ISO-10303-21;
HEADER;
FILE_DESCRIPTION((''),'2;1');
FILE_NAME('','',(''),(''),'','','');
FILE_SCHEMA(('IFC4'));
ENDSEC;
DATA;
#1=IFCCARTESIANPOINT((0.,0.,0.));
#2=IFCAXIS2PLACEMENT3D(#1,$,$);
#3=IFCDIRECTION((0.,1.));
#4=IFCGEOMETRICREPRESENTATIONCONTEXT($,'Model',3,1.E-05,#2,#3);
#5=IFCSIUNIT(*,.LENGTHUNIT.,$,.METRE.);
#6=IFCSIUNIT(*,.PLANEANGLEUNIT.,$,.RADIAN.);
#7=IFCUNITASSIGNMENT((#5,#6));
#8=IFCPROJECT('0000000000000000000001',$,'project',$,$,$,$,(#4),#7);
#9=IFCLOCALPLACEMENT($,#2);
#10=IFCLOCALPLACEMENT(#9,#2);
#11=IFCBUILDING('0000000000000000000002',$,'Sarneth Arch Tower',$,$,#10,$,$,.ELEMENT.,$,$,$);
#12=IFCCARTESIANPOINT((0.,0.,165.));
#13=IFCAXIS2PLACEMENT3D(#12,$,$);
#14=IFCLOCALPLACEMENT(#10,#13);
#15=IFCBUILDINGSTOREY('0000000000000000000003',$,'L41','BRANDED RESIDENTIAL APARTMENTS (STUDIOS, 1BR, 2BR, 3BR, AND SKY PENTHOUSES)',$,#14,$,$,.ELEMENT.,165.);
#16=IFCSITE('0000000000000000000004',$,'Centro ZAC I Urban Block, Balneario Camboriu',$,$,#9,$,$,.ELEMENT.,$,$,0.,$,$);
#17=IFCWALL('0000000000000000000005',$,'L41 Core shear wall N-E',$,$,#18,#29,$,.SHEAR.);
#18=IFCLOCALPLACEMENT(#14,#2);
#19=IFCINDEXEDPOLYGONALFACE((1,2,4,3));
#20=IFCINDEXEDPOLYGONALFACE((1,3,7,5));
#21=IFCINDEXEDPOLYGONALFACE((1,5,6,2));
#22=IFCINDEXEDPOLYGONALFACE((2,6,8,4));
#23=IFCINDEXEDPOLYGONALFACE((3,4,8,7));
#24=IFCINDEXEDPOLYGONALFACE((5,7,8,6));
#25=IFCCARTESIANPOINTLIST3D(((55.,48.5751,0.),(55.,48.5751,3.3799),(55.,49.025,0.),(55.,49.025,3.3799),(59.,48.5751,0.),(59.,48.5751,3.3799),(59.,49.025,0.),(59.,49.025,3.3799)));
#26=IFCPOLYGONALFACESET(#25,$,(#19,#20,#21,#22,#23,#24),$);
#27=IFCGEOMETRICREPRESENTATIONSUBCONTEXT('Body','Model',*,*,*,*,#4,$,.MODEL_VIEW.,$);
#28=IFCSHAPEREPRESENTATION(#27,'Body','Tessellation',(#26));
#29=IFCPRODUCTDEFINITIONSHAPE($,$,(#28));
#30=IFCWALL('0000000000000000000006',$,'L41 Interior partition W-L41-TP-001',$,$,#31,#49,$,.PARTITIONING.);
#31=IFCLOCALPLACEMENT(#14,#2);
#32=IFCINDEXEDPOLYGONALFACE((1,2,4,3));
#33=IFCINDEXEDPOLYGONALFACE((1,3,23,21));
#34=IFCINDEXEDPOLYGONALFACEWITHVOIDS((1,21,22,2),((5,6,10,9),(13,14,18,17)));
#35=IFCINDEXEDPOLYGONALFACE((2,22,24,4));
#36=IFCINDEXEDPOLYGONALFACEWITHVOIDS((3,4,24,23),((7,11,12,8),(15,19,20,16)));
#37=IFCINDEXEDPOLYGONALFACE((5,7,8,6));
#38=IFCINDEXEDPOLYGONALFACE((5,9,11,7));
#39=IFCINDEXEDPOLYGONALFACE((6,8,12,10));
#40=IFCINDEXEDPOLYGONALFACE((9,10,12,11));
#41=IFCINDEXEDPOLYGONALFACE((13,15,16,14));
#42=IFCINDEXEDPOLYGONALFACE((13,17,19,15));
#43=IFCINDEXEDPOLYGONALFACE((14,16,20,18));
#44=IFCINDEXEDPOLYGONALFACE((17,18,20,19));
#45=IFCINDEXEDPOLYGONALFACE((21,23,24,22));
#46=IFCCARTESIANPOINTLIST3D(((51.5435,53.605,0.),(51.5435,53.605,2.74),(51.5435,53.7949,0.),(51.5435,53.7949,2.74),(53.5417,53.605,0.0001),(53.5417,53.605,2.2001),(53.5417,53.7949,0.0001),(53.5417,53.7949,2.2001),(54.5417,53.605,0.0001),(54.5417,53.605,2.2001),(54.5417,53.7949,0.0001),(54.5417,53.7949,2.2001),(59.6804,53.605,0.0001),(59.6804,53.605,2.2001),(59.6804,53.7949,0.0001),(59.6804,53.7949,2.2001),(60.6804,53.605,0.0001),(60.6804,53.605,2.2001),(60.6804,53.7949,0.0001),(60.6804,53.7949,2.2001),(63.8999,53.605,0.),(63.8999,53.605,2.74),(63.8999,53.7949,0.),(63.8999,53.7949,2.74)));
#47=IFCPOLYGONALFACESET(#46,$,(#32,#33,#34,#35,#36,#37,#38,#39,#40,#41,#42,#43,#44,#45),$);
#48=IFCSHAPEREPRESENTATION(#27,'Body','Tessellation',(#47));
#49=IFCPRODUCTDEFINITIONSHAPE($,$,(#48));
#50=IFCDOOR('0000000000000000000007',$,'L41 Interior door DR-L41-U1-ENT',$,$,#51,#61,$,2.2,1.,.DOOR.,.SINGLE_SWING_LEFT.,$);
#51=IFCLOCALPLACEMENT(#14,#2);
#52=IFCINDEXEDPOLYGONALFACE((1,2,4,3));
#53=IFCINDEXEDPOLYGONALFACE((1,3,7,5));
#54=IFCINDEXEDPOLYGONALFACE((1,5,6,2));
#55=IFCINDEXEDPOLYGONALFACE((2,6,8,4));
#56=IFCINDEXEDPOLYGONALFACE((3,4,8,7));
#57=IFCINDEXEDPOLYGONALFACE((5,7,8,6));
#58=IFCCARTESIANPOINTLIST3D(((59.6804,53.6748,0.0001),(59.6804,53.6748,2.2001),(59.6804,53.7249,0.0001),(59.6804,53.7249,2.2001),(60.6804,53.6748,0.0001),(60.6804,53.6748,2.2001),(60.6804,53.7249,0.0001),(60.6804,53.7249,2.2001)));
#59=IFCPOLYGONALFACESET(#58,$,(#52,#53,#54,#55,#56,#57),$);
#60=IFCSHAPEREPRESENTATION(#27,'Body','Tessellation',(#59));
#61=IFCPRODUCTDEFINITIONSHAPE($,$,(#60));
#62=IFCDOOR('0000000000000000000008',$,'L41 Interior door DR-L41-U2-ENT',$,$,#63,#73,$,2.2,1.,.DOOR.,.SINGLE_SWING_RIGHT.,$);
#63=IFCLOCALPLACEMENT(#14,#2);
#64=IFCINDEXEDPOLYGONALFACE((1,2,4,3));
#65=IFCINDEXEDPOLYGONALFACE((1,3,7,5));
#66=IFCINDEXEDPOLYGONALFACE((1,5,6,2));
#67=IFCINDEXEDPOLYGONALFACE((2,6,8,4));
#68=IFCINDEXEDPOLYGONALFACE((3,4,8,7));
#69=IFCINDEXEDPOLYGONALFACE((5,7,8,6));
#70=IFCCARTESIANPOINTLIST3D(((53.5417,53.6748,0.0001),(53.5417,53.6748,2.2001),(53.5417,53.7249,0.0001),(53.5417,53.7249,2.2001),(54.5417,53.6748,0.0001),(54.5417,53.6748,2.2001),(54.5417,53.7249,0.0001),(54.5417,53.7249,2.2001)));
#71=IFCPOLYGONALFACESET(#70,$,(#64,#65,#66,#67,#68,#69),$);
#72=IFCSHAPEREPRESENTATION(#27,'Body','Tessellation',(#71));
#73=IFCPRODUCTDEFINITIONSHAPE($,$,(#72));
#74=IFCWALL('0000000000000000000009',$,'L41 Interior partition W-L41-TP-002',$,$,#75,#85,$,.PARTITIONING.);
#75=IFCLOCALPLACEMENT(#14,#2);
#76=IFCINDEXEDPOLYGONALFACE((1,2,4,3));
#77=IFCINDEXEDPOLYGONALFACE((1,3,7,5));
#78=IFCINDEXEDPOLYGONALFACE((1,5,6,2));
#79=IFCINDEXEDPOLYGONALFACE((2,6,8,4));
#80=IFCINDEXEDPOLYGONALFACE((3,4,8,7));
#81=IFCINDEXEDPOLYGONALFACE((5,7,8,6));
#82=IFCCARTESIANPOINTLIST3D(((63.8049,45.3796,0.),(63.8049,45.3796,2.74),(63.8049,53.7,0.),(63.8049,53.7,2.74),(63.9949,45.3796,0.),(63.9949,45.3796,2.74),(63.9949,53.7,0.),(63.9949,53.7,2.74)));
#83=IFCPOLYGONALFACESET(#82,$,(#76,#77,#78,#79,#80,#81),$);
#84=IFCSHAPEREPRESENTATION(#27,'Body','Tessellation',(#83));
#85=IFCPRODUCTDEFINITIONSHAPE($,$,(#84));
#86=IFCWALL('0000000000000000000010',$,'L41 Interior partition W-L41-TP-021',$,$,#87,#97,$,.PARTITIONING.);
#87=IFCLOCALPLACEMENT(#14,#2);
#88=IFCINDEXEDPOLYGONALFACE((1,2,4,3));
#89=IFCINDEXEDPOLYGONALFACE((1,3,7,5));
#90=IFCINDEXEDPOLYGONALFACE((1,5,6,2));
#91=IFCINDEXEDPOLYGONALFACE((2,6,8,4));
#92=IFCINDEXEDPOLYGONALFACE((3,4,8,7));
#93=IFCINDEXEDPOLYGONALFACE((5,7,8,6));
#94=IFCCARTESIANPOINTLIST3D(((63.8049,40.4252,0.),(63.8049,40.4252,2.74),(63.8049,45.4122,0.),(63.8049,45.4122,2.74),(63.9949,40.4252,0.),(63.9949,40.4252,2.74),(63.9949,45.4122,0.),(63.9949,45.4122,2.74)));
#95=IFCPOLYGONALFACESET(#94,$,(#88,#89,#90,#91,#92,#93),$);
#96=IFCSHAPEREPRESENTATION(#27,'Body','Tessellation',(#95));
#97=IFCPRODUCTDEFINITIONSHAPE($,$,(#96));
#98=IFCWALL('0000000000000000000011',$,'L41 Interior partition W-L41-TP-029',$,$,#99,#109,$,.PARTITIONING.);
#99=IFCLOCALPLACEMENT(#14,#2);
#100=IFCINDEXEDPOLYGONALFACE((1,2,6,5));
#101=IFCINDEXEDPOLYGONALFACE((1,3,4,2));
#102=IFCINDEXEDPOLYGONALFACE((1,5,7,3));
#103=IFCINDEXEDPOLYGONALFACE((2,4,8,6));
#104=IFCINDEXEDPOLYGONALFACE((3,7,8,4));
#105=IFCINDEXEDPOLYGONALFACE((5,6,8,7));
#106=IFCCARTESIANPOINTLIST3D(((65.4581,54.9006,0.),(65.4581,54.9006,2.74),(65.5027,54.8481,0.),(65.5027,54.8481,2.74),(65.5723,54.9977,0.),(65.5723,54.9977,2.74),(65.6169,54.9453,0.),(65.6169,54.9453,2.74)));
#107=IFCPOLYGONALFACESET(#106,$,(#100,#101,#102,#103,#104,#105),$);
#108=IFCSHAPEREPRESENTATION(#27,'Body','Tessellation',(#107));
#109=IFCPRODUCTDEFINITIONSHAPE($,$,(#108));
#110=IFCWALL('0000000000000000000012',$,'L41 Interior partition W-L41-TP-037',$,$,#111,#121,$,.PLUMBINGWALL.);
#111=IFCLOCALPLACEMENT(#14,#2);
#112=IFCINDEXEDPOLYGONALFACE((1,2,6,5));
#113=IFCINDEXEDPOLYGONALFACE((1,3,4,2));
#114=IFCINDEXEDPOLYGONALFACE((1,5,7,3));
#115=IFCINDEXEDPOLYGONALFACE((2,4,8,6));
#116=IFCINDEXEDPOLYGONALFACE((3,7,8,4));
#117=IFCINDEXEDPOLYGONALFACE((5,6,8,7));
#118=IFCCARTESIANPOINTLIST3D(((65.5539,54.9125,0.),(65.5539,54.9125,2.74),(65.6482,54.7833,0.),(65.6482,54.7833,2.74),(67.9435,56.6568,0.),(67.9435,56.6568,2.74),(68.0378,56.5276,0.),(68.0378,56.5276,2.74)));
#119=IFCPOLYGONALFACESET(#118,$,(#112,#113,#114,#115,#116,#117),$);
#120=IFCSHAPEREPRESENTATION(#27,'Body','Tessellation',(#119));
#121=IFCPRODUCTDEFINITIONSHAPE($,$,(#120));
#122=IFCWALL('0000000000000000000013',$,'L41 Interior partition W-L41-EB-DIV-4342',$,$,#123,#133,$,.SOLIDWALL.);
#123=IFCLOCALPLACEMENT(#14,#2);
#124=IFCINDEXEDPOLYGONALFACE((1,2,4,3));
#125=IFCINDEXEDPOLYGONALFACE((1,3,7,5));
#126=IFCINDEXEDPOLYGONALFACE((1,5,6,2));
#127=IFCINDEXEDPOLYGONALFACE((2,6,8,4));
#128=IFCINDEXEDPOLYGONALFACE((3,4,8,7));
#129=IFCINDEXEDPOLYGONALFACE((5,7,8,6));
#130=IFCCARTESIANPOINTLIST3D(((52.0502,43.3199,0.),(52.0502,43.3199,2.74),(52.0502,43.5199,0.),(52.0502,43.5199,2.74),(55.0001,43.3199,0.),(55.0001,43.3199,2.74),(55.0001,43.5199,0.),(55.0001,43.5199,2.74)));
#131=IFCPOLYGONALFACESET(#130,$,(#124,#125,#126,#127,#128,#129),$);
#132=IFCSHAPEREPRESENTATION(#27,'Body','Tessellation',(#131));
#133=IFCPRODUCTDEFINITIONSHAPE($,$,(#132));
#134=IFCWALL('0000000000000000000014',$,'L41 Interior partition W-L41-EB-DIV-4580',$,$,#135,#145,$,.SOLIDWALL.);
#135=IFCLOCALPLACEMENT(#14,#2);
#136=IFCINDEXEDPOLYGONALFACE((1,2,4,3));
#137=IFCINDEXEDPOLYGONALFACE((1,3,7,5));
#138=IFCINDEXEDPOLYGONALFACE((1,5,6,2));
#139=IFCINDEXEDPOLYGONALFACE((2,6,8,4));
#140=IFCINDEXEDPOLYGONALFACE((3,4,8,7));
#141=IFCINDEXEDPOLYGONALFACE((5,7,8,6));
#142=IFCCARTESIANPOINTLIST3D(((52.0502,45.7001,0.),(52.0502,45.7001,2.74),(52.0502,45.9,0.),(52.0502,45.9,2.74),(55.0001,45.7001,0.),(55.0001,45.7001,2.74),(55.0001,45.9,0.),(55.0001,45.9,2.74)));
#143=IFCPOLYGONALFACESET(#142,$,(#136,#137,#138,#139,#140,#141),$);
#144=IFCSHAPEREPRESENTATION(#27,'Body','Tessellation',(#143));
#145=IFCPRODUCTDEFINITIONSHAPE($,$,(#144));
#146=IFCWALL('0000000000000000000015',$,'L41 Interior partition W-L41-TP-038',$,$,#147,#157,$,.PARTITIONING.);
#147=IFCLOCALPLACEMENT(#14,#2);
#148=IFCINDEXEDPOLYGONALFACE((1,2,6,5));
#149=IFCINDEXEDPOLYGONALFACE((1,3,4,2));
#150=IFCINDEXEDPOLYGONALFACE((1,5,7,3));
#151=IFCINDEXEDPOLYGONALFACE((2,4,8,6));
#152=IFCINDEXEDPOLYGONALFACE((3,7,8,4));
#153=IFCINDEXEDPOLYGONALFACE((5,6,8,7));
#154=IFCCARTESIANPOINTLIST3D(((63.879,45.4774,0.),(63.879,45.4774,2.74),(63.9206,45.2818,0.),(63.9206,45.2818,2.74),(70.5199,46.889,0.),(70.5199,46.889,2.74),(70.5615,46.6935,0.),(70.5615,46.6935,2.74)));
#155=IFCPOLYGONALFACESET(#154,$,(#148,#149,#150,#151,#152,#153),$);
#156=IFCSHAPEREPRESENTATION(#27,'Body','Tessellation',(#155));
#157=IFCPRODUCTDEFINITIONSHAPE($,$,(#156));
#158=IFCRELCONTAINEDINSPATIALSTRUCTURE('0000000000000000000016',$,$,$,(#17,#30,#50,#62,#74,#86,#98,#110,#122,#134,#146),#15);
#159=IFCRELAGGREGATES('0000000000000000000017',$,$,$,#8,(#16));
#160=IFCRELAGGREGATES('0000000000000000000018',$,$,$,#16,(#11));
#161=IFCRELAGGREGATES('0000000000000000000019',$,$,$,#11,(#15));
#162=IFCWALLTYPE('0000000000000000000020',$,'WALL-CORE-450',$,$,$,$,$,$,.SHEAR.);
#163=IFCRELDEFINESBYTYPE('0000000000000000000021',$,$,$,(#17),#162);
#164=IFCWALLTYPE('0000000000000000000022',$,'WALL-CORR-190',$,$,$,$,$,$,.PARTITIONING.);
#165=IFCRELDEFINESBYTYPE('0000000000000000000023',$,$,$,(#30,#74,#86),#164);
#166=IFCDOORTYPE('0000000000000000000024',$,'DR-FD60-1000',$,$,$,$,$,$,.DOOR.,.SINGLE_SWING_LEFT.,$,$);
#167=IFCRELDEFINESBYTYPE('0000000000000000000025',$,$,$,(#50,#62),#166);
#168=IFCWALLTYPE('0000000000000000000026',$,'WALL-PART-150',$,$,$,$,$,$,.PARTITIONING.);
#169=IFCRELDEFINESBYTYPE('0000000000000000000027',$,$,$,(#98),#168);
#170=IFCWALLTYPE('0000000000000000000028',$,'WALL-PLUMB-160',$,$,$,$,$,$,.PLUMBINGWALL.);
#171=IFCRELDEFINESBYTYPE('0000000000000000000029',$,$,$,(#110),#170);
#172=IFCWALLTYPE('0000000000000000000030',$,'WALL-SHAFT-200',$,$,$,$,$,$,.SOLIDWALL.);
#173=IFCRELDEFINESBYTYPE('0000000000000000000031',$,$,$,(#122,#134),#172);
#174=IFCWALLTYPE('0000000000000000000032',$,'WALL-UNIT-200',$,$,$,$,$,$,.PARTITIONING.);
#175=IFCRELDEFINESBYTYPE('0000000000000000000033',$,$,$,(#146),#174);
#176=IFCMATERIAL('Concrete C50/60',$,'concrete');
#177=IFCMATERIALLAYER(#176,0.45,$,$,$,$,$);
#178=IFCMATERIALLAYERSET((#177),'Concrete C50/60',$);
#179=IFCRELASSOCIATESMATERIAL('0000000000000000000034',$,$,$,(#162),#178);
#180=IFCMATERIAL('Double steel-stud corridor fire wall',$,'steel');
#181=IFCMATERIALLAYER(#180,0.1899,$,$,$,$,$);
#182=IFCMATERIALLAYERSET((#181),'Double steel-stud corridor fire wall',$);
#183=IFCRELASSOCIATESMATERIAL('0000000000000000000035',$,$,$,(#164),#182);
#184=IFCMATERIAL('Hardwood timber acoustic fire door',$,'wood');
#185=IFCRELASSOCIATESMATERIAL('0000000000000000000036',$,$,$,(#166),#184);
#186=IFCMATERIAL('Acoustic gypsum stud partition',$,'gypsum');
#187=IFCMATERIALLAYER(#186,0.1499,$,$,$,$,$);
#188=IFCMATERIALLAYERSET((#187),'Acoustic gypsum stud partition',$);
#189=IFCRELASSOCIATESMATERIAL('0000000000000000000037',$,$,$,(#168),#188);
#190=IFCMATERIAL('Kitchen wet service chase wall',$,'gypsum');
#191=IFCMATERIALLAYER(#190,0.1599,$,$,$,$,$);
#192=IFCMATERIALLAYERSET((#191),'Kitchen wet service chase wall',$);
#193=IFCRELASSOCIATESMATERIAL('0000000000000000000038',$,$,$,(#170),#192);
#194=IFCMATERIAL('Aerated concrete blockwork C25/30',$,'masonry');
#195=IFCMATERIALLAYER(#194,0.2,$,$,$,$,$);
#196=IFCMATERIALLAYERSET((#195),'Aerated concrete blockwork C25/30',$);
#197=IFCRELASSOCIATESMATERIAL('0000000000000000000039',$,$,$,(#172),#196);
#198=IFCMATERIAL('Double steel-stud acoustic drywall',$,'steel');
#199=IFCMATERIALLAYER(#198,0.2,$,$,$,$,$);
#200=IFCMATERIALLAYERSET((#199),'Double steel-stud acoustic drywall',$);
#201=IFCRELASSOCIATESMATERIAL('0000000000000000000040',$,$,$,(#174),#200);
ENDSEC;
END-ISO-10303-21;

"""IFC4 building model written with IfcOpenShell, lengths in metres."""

from ifc_helpers import new_model, si_unit, direction, frame, frame_2d, origin, place, context, subcontext, project, spatial, rectangle, extrude, material, layer, layer_set, type_object, element, fill, save


model = new_model("IFC4")

# Units and contexts
model_context = context("Model", 3, precision=1e-05, world=origin(), true_north=direction((0.0, 1.0)))
body_context = subcontext(model_context, "Body", "Model", "MODEL_VIEW")
ifc_project = project(units=[si_unit("LENGTHUNIT", "METRE"), si_unit("PLANEANGLEUNIT", "RADIAN")], contexts=[model_context])

# Site, building, storey
site_placement = place(None, origin())
site = spatial("IfcSite", under=ifc_project, at=site_placement, Name="Centro ZAC I Urban Block, Balneario Camboriu", CompositionType="ELEMENT", RefElevation=0.0)
building_placement = place(site_placement, origin())
building = spatial("IfcBuilding", under=site, at=building_placement, Name="Sarneth Arch Tower", CompositionType="ELEMENT")
storey_placement = place(building_placement, frame((0.0, 0.0, 165.0)))
storey = spatial("IfcBuildingStorey", under=building, at=storey_placement, Name="L41", Description="BRANDED RESIDENTIAL APARTMENTS (STUDIOS, 1BR, 2BR, 3BR, AND SKY PENTHOUSES)", CompositionType="ELEMENT", Elevation=165.0)

# Wall
ifc_material_1 = material(Name="Concrete C50/60", Category="concrete")
ifc_layer_1 = layer(ifc_material_1, 0.45)
ifc_layer_set_1 = layer_set([ifc_layer_1], Name="Concrete C50/60")
wall_type_1 = type_object("IfcWallType", Name="WALL-CORE-450", PredefinedType="SHEAR", material=ifc_layer_set_1)
wall_1_placement = place(storey_placement, frame((55.0, 48.8, 0.0), z_axis=(0.0, 0.0, 1.0), x_axis=(1.0, 0.0, 0.0)))
element("IfcWall", 1, at=wall_1_placement, inside=storey, type_object=wall_type_1, Name="L41 Core shear wall N-E", PredefinedType="SHEAR", context=body_context, shape_type="SweptSolid", body=[
    extrude(rectangle(XDim=4.0, YDim=0.45, at=frame_2d((2.0, 0.0))), origin(), (0.0, 0.0, 1.0), 3.3799),
])

# Wall, openings, doors
ifc_material_2 = material(Name="Double steel-stud corridor fire wall", Category="steel")
ifc_layer_2 = layer(ifc_material_2, 0.1899)
ifc_layer_set_2 = layer_set([ifc_layer_2], Name="Double steel-stud corridor fire wall")
wall_type_2 = type_object("IfcWallType", Name="WALL-CORR-190", PredefinedType="PARTITIONING", material=ifc_layer_set_2)
wall_2_placement = place(storey_placement, frame((51.5435, 53.7, 0.0), z_axis=(0.0, 0.0, 1.0), x_axis=(1.0, 0.0, 0.0)))
wall_2 = element("IfcWall", 2, at=wall_2_placement, inside=storey, type_object=wall_type_2, Name="L41 Interior partition W-L41-TP-001", PredefinedType="PARTITIONING", context=body_context, shape_type="SweptSolid", body=[
    extrude(rectangle(XDim=12.3564, YDim=0.1899, at=frame_2d((6.1782, 0.0))), origin(), (0.0, 0.0, 1.0), 2.74),
])
opening_1_placement = place(wall_2_placement, frame((8.137, 0.0, 0.0)))
opening_1 = element("IfcOpeningElement", 3, at=opening_1_placement, cuts=wall_2, PredefinedType="OPENING", context=body_context, shape_type="SweptSolid", body=[
    extrude(rectangle(XDim=1.0, YDim=2.2, at=frame_2d((0.5, 1.1001))), frame((0.0, 0.105, 0.0), z_axis=(0.0, -1.0, 0.0), x_axis=(1.0, 0.0, 0.0)), (0.0, 0.0, 1.0), 0.21),
])
opening_2_placement = place(wall_2_placement, frame((1.9983, 0.0, 0.0)))
opening_2 = element("IfcOpeningElement", 4, at=opening_2_placement, cuts=wall_2, PredefinedType="OPENING", context=body_context, shape_type="SweptSolid", body=[
    extrude(rectangle(XDim=1.0, YDim=2.2, at=frame_2d((0.5, 1.1001))), frame((0.0, 0.105, 0.0), z_axis=(0.0, -1.0, 0.0), x_axis=(1.0, 0.0, 0.0)), (0.0, 0.0, 1.0), 0.21),
])
ifc_material_3 = material(Name="Hardwood timber acoustic fire door", Category="wood")
door_type = type_object("IfcDoorType", Name="DR-FD60-1000", OperationType="SINGLE_SWING_LEFT", PredefinedType="DOOR", material=ifc_material_3)
door_1_placement = place(opening_1_placement, origin())
door_1 = element("IfcDoor", 5, at=door_1_placement, inside=storey, type_object=door_type, Name="L41 Interior door DR-L41-U1-ENT", OperationType="SINGLE_SWING_LEFT", OverallHeight=2.2, OverallWidth=1.0, PredefinedType="DOOR", context=body_context, shape_type="SweptSolid", body=[
    extrude(rectangle(XDim=1.0, YDim=2.2, at=frame_2d((0.5, 1.1001))), frame((0.0, 0.0249, 0.0), z_axis=(0.0, -1.0, 0.0), x_axis=(1.0, 0.0, 0.0)), (0.0, 0.0, 1.0), 0.05),
])
fill(opening_1, door_1)
door_2_placement = place(opening_2_placement, origin())
door_2 = element("IfcDoor", 6, at=door_2_placement, inside=storey, type_object=door_type, Name="L41 Interior door DR-L41-U2-ENT", OperationType="SINGLE_SWING_RIGHT", OverallHeight=2.2, OverallWidth=1.0, PredefinedType="DOOR", context=body_context, shape_type="SweptSolid", body=[
    extrude(rectangle(XDim=1.0, YDim=2.2, at=frame_2d((0.5, 1.1001))), frame((0.0, 0.0249, 0.0), z_axis=(0.0, -1.0, 0.0), x_axis=(1.0, 0.0, 0.0)), (0.0, 0.0, 1.0), 0.05),
])
fill(opening_2, door_2)

# Walls
wall_3_placement = place(storey_placement, frame((63.8999, 53.7, 0.0), z_axis=(0.0, 0.0, 1.0), x_axis=(0.0, -1.0, 0.0)))
element("IfcWall", 7, at=wall_3_placement, inside=storey, type_object=wall_type_2, Name="L41 Interior partition W-L41-TP-002", PredefinedType="PARTITIONING", context=body_context, shape_type="SweptSolid", body=[
    extrude(rectangle(XDim=8.3203, YDim=0.1899, at=frame_2d((4.1602, 0.0))), origin(), (0.0, 0.0, 1.0), 2.74),
])
wall_4_placement = place(storey_placement, frame((63.8999, 45.4124, 0.0), z_axis=(0.0, 0.0, 1.0), x_axis=(0.0, -1.0, 0.0)))
element("IfcWall", 8, at=wall_4_placement, inside=storey, type_object=wall_type_2, Name="L41 Interior partition W-L41-TP-021", PredefinedType="PARTITIONING", context=body_context, shape_type="SweptSolid", body=[
    extrude(rectangle(XDim=4.9871, YDim=0.1899, at=frame_2d((2.4937, 0.0))), origin(), (0.0, 0.0, 1.0), 2.74),
])
ifc_material_4 = material(Name="Acoustic gypsum stud partition", Category="gypsum")
ifc_layer_3 = layer(ifc_material_4, 0.1499)
ifc_layer_set_3 = layer_set([ifc_layer_3], Name="Acoustic gypsum stud partition")
wall_type_3 = type_object("IfcWallType", Name="WALL-PART-150", PredefinedType="PARTITIONING", material=ifc_layer_set_3)
wall_5_placement = place(storey_placement, frame((65.5598, 54.8967, 0.0), z_axis=(0.0, 0.0, 1.0), x_axis=(-0.648162, 0.761502, 0.0)))
element("IfcWall", 9, at=wall_5_placement, inside=storey, type_object=wall_type_3, Name="L41 Interior partition W-L41-TP-029", PredefinedType="PARTITIONING", context=body_context, shape_type="SweptSolid", body=[
    extrude(rectangle(XDim=0.0688, YDim=0.1499, at=frame_2d((0.0344, 0.0))), origin(), (0.0, 0.0, 1.0), 2.74),
])
ifc_material_5 = material(Name="Kitchen wet service chase wall", Category="gypsum")
ifc_layer_4 = layer(ifc_material_5, 0.1599)
ifc_layer_set_4 = layer_set([ifc_layer_4], Name="Kitchen wet service chase wall")
wall_type_4 = type_object("IfcWallType", Name="WALL-PLUMB-160", PredefinedType="PLUMBINGWALL", material=ifc_layer_set_4)
wall_6_placement = place(storey_placement, frame((65.6011, 54.8479, 0.0), z_axis=(0.0, 0.0, 1.0), x_axis=(0.807696, 0.589599, 0.0)))
element("IfcWall", 10, at=wall_6_placement, inside=storey, type_object=wall_type_4, Name="L41 Interior partition W-L41-TP-037", PredefinedType="PLUMBINGWALL", context=body_context, shape_type="SweptSolid", body=[
    extrude(rectangle(XDim=2.9585, YDim=0.1599, at=frame_2d((1.4792, 0.0))), origin(), (0.0, 0.0, 1.0), 2.74),
])
ifc_material_6 = material(Name="Aerated concrete blockwork C25/30", Category="masonry")
ifc_layer_5 = layer(ifc_material_6, 0.2)
ifc_layer_set_5 = layer_set([ifc_layer_5], Name="Aerated concrete blockwork C25/30")
wall_type_5 = type_object("IfcWallType", Name="WALL-SHAFT-200", PredefinedType="SOLIDWALL", material=ifc_layer_set_5)
for number, where, z_axis, x_axis, name in (
    (11, (52.05, 43.4199, 0.0), (0.0, 0.0, 1.0), (1.0, 0.0, 0.0), "L41 Interior partition W-L41-EB-DIV-4342"),
    (12, (52.05, 45.8, 0.0), (0.0, 0.0, 1.0), (1.0, 0.0, 0.0), "L41 Interior partition W-L41-EB-DIV-4580"),
):
    element("IfcWall", number, at=place(storey_placement, frame(where, z_axis=z_axis, x_axis=x_axis)), inside=storey, type_object=wall_type_5, Name=name, PredefinedType="SOLIDWALL", context=body_context, shape_type="SweptSolid", body=[
        extrude(rectangle(XDim=2.95, YDim=0.2, at=frame_2d((1.4751, 0.0))), origin(), (0.0, 0.0, 1.0), 2.74),
    ])
ifc_material_7 = material(Name="Double steel-stud acoustic drywall", Category="steel")
ifc_layer_6 = layer(ifc_material_7, 0.2)
ifc_layer_set_6 = layer_set([ifc_layer_6], Name="Double steel-stud acoustic drywall")
wall_type_6 = type_object("IfcWallType", Name="WALL-UNIT-200", PredefinedType="PARTITIONING", material=ifc_layer_set_6)
wall_7_placement = place(storey_placement, frame((63.8999, 45.3796, 0.0), z_axis=(0.0, 0.0, 1.0), x_axis=(0.978146, 0.20792, 0.0)))
element("IfcWall", 13, at=wall_7_placement, inside=storey, type_object=wall_type_6, Name="L41 Interior partition W-L41-TP-038", PredefinedType="PARTITIONING", context=body_context, shape_type="SweptSolid", body=[
    extrude(rectangle(XDim=6.7893, YDim=0.2, at=frame_2d((3.3945, 0.0))), origin(), (0.0, 0.0, 1.0), 2.74),
])

save(model, "model.ifc")
